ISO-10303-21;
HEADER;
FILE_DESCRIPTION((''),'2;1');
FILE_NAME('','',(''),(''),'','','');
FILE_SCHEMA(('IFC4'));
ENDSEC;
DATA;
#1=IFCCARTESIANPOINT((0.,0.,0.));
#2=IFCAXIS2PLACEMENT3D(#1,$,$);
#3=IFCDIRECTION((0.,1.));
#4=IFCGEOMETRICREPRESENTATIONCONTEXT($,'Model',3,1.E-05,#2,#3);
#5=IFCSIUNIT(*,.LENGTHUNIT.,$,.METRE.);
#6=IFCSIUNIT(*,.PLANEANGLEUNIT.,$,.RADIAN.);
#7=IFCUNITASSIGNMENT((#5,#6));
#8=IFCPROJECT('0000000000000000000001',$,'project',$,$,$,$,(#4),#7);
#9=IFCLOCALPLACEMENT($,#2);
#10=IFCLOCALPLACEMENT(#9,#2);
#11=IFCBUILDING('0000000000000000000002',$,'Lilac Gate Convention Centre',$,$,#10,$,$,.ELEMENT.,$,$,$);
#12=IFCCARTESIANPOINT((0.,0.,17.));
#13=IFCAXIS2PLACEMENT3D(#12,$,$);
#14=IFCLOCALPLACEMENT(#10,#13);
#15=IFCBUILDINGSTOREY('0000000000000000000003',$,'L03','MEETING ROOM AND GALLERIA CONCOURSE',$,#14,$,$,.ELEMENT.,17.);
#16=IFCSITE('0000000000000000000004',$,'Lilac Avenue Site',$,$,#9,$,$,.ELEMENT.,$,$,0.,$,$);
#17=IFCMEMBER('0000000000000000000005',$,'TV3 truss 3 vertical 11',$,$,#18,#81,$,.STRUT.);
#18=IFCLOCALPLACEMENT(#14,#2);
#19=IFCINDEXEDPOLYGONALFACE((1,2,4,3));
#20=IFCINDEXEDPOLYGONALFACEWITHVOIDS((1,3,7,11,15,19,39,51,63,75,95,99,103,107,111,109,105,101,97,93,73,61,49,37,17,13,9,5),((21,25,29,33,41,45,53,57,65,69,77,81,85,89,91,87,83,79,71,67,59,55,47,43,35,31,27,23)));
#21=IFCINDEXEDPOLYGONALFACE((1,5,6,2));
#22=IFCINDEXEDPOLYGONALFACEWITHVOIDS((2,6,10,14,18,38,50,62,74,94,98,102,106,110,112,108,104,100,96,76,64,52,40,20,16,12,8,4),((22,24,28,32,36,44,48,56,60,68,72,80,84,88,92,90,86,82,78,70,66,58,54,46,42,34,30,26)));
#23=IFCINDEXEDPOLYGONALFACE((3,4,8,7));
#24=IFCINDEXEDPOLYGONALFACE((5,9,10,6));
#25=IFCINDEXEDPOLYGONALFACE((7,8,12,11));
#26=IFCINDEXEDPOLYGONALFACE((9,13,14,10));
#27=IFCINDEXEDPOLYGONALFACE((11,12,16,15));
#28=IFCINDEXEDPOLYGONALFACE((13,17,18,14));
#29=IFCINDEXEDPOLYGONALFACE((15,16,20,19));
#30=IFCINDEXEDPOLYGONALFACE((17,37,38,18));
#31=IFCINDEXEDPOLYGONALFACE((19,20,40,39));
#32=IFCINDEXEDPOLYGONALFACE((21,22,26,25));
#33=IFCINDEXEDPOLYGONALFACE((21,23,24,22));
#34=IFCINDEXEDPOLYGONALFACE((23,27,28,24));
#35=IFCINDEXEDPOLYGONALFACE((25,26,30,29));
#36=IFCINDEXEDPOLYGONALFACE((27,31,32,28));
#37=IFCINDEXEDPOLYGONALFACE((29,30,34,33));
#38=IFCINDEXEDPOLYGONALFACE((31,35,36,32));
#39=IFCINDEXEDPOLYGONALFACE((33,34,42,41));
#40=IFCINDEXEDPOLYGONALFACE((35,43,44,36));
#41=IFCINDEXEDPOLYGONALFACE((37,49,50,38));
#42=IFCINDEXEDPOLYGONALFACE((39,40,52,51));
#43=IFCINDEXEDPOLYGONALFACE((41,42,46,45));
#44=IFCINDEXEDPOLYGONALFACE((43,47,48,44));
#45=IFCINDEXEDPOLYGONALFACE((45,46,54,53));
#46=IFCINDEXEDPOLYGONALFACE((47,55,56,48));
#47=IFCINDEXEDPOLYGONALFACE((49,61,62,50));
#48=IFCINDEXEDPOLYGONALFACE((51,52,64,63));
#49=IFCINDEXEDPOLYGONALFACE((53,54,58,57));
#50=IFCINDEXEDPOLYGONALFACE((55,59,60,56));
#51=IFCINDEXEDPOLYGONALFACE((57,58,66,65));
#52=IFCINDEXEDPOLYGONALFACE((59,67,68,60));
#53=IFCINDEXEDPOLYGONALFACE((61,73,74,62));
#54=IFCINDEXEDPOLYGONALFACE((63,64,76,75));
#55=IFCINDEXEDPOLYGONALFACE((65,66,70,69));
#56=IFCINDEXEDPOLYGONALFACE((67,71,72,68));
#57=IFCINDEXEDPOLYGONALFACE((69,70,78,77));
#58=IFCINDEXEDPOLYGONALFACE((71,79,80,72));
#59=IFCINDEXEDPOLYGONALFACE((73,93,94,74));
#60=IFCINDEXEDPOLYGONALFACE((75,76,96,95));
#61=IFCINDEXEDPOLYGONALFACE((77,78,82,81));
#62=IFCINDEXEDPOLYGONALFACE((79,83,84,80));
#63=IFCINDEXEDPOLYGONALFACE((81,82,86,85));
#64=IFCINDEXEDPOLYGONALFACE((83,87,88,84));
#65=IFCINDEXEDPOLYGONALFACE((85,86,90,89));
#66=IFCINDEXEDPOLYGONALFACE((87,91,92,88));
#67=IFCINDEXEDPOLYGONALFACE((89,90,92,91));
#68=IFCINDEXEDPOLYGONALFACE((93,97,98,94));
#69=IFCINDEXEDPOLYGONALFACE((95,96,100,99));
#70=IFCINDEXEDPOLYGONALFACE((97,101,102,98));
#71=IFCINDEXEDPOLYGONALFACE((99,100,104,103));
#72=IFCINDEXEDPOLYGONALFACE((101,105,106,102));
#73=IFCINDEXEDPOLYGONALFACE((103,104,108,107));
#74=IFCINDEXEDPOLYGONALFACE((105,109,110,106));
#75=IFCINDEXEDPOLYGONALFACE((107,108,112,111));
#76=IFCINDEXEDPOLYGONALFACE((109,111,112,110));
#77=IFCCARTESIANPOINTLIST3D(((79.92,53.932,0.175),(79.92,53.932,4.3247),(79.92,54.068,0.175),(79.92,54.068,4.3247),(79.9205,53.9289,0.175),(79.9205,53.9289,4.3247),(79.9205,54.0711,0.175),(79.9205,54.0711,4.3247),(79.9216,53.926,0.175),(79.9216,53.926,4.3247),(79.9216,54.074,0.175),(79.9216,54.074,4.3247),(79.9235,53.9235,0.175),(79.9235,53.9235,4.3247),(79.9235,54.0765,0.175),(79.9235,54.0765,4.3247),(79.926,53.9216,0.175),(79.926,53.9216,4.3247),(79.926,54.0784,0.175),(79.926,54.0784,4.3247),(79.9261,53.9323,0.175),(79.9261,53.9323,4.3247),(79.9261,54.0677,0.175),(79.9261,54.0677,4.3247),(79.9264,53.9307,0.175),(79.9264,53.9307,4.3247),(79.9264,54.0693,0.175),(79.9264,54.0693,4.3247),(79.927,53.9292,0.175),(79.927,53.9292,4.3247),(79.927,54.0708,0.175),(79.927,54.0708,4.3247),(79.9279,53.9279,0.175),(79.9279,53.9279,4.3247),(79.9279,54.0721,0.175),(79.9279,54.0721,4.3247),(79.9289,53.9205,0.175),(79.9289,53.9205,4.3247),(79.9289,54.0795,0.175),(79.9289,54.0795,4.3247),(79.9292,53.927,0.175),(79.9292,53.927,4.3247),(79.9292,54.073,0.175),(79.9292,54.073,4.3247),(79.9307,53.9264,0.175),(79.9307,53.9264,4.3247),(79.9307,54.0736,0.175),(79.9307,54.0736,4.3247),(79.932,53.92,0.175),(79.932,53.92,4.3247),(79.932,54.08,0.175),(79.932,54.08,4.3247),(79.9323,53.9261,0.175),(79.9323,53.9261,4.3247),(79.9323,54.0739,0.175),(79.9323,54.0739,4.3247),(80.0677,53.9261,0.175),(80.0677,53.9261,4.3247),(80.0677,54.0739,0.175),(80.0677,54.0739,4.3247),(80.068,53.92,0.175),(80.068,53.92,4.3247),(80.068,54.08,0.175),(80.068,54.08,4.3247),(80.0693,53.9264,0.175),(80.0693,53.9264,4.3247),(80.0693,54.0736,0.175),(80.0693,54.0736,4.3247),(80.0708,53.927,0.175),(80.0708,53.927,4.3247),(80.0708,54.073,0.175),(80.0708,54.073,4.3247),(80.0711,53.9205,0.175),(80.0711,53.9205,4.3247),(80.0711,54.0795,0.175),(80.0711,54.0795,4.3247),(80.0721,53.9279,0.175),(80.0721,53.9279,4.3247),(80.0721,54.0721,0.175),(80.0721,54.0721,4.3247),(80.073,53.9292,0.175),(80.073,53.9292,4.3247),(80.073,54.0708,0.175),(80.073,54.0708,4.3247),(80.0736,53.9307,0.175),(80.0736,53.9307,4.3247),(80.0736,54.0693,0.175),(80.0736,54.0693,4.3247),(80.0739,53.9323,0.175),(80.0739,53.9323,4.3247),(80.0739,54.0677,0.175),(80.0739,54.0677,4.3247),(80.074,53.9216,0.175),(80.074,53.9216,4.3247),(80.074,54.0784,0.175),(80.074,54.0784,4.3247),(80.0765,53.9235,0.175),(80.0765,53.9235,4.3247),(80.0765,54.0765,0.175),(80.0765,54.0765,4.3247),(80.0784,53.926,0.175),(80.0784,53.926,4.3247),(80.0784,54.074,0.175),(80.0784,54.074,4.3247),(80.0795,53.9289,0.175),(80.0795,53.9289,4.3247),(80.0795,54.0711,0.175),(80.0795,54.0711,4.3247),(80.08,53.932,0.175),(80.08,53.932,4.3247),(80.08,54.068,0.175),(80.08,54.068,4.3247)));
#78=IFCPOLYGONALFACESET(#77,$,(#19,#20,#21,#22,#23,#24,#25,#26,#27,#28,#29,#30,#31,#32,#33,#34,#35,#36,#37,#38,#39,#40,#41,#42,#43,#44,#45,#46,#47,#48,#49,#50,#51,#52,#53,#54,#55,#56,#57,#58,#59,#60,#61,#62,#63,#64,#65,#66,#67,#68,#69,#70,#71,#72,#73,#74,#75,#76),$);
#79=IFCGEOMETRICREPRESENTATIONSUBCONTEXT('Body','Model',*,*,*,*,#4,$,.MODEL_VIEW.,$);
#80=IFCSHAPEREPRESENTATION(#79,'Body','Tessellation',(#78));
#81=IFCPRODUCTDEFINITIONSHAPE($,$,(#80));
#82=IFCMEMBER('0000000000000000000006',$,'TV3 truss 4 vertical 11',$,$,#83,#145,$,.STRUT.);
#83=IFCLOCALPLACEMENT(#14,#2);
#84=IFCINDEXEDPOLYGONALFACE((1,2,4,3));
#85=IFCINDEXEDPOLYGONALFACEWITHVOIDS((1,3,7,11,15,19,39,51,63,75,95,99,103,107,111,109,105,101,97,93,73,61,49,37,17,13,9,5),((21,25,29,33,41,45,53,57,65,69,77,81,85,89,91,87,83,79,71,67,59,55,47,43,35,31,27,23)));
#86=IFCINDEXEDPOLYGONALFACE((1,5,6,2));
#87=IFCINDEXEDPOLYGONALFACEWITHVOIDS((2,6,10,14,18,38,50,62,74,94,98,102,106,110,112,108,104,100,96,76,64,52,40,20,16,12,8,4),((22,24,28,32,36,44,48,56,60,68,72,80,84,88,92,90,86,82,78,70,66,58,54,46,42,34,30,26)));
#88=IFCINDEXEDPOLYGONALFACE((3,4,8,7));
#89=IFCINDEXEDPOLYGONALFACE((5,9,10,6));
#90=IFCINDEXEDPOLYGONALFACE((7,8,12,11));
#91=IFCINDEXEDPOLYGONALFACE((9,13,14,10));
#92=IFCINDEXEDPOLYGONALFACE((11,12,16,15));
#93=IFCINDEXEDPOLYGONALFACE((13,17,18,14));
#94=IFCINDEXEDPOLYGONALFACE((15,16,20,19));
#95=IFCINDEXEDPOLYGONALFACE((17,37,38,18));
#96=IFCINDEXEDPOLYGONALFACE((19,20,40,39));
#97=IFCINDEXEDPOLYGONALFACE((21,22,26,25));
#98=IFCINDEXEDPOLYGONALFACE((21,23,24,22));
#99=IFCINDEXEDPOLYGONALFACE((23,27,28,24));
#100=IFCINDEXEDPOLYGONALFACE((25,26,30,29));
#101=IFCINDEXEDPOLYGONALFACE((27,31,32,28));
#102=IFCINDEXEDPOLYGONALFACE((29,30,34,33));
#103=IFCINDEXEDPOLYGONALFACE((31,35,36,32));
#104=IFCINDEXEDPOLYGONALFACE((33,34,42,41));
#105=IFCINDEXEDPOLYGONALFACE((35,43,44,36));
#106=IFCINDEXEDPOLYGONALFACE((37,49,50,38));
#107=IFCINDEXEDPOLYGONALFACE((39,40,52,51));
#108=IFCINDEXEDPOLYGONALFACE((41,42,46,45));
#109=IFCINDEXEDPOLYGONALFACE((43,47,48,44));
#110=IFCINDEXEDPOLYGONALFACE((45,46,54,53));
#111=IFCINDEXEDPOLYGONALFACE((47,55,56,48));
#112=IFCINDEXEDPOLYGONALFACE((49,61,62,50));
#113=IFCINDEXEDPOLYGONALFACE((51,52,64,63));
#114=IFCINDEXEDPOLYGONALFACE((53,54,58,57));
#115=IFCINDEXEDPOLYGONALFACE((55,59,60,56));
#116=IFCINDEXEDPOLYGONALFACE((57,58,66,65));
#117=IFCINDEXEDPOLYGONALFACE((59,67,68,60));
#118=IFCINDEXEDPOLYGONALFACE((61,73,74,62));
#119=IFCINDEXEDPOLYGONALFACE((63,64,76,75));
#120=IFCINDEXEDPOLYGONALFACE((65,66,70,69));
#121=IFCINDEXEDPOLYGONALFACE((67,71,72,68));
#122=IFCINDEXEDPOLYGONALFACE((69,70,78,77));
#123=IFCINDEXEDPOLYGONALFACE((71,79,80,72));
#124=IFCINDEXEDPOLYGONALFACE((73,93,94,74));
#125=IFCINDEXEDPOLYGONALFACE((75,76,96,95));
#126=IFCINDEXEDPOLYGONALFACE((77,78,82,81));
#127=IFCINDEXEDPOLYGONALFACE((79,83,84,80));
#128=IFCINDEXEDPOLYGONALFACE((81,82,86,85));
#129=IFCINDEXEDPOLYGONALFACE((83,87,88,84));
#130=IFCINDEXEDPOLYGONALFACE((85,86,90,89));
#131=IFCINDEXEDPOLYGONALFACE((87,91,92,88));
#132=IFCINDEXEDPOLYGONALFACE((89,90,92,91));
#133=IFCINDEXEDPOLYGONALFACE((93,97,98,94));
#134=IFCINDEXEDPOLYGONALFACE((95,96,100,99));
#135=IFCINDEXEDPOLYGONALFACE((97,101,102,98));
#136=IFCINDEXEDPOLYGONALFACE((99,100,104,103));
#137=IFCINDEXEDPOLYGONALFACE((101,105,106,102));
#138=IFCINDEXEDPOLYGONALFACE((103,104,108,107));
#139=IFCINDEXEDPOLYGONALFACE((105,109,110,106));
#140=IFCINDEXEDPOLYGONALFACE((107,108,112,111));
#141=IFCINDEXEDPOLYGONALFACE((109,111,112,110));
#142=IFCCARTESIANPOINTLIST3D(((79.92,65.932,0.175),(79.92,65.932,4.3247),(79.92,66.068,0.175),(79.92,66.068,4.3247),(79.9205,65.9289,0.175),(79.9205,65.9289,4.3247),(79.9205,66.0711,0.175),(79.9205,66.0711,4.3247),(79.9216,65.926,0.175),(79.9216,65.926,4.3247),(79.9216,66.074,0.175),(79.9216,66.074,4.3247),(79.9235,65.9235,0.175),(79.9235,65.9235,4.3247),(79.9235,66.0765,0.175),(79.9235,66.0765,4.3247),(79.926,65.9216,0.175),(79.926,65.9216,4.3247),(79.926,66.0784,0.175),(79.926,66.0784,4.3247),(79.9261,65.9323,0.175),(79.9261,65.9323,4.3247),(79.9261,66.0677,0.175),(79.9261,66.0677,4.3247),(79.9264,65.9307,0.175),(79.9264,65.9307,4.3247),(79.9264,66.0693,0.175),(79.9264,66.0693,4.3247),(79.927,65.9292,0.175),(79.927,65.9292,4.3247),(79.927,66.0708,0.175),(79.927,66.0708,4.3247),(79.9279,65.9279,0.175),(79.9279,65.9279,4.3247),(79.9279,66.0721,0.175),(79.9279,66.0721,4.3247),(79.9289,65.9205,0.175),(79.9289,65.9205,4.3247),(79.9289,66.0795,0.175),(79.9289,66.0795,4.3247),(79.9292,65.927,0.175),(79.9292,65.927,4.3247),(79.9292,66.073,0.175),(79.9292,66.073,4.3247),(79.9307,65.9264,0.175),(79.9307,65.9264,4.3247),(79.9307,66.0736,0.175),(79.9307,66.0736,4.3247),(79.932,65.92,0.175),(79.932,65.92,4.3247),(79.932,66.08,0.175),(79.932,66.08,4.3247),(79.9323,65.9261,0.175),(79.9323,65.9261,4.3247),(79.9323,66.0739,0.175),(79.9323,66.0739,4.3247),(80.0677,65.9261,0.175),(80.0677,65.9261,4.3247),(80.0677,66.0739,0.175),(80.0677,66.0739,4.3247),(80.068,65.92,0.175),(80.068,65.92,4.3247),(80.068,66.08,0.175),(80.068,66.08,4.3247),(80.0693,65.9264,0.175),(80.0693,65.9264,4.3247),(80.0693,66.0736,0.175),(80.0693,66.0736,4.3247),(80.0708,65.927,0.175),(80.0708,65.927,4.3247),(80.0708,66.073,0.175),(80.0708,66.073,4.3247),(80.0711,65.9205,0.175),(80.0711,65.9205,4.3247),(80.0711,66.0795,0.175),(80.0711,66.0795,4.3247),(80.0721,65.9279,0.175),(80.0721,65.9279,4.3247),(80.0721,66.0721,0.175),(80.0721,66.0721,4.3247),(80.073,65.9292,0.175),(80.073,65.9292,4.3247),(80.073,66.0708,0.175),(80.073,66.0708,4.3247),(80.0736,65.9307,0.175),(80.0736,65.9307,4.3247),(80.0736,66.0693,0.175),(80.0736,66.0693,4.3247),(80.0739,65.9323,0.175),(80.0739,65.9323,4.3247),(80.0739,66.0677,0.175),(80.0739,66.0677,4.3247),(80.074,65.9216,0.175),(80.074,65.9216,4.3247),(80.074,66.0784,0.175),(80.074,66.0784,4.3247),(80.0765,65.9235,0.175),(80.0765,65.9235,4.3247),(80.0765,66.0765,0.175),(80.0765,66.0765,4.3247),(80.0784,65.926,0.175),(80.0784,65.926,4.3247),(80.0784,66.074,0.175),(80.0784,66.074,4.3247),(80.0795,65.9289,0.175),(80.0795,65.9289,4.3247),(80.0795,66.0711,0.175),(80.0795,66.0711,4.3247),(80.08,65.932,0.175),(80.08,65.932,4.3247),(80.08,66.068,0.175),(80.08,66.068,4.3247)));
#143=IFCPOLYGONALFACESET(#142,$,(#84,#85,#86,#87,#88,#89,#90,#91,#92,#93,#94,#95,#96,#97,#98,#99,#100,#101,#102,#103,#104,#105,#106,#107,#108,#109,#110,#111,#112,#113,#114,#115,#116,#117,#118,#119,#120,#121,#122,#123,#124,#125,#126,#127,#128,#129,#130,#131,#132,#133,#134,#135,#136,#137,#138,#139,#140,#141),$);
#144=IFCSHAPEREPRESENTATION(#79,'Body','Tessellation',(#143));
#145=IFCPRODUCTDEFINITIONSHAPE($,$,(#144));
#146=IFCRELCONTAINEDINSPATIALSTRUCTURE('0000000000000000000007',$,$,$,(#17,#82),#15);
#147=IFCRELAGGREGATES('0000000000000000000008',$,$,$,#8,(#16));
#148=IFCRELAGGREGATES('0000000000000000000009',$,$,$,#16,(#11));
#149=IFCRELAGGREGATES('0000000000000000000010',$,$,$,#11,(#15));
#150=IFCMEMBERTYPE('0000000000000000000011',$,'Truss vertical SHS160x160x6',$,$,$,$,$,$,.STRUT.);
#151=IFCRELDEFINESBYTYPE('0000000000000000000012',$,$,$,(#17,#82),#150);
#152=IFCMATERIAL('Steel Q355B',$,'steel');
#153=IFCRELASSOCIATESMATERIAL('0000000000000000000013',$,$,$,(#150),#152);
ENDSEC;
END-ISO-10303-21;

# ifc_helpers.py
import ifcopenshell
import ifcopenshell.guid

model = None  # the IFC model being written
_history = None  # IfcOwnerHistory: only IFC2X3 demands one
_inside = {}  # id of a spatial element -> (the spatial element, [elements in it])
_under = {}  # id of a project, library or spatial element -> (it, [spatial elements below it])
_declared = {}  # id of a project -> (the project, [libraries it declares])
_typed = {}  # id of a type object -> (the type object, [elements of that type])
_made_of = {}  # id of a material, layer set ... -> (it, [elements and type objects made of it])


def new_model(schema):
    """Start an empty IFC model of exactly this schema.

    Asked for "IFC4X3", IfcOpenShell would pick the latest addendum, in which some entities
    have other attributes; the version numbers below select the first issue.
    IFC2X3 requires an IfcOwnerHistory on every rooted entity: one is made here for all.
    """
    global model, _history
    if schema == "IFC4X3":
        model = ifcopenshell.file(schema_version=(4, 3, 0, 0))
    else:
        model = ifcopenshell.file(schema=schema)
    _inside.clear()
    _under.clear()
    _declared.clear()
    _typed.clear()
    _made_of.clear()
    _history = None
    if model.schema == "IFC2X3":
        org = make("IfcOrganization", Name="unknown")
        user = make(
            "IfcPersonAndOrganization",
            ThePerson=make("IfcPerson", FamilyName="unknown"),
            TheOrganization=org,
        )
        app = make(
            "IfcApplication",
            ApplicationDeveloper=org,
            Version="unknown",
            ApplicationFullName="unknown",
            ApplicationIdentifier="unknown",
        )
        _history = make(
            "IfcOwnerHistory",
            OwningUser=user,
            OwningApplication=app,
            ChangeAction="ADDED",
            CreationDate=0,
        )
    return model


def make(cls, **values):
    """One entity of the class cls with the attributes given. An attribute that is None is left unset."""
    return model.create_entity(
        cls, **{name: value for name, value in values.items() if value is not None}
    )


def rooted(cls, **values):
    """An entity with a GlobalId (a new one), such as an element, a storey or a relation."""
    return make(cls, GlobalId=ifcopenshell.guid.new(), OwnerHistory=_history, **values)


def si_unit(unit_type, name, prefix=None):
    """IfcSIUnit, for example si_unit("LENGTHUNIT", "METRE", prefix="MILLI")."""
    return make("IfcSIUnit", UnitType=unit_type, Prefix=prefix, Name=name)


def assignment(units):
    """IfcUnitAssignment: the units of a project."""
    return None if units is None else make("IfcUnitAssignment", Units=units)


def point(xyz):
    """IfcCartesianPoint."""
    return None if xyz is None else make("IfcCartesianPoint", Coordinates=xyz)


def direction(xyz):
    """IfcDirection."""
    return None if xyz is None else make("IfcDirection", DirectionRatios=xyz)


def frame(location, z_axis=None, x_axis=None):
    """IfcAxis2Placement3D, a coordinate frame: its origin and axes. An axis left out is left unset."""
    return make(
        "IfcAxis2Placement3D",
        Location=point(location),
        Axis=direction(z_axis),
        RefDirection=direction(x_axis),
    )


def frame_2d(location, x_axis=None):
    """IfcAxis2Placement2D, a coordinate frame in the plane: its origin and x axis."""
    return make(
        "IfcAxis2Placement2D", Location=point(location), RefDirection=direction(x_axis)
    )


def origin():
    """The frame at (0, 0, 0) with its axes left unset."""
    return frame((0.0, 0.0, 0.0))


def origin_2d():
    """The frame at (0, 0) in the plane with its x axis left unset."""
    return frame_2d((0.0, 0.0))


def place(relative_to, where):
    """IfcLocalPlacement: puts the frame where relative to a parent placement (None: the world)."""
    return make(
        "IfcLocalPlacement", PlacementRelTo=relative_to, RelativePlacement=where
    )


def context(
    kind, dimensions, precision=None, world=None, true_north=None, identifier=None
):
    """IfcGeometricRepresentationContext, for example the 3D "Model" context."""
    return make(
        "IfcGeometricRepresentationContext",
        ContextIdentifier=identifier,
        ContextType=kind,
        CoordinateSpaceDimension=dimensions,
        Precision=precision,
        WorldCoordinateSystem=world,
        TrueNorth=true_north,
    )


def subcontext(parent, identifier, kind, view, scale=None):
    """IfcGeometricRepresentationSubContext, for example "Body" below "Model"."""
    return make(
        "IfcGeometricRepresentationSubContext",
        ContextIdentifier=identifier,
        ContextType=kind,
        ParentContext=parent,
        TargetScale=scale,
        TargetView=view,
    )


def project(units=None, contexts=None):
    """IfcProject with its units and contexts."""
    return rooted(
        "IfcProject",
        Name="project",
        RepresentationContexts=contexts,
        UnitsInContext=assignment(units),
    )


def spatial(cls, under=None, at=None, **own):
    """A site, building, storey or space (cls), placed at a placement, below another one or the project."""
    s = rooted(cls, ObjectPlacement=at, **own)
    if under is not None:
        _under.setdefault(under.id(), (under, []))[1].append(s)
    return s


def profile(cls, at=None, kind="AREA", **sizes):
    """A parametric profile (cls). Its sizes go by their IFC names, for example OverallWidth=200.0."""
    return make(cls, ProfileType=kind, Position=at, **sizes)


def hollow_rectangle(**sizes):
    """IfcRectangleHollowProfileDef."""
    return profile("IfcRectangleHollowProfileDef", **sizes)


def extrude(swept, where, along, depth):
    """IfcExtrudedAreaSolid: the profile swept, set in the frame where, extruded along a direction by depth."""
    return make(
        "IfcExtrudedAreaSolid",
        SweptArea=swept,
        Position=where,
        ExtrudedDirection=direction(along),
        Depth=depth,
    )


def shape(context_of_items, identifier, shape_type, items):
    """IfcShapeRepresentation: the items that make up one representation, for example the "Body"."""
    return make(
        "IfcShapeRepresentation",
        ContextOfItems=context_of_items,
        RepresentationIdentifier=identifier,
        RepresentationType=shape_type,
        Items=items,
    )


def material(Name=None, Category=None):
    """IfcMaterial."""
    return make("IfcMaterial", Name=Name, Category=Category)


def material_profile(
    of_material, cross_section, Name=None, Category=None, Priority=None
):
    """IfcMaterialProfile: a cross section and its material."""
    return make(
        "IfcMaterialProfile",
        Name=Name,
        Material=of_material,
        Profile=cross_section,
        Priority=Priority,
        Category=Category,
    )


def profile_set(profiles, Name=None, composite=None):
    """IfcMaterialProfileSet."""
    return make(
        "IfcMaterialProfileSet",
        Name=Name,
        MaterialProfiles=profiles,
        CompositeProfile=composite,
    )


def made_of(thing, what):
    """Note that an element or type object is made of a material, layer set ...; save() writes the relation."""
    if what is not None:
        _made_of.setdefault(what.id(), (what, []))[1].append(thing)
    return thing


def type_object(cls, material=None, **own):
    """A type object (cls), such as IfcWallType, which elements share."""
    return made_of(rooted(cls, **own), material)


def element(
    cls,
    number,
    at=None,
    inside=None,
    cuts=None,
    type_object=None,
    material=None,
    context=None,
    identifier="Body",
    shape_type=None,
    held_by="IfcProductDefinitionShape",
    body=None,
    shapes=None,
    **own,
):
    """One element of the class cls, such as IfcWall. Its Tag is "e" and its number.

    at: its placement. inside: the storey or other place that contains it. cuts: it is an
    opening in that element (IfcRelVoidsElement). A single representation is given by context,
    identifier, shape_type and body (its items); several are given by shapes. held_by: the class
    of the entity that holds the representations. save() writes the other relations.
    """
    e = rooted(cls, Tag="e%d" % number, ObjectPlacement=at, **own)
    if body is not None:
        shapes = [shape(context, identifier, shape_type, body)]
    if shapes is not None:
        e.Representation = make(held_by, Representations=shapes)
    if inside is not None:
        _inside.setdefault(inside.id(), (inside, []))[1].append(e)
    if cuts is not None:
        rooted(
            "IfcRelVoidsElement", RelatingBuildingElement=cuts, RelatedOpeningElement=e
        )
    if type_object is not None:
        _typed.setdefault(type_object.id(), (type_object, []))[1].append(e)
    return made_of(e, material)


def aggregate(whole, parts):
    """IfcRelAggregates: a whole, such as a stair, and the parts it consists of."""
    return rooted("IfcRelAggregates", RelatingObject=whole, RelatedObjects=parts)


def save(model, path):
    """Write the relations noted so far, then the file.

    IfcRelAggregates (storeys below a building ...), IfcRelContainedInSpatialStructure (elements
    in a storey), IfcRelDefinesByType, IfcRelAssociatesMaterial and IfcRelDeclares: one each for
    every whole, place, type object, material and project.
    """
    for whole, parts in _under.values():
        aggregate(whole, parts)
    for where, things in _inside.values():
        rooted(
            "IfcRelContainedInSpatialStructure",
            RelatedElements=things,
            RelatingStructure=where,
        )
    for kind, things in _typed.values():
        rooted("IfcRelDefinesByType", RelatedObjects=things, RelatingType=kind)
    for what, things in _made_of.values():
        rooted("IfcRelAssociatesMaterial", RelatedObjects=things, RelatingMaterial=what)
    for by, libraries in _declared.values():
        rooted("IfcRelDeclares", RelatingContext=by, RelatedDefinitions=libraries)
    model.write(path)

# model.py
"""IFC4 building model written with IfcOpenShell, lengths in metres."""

from ifc_helpers import new_model, si_unit, direction, frame, origin, origin_2d, place, context, subcontext, project, spatial, hollow_rectangle, extrude, material, material_profile, profile_set, type_object, element, save


model = new_model("IFC4")

# Units and contexts
model_context = context("Model", 3, precision=1e-05, world=origin(), true_north=direction((0.0, 1.0)))
body_context = subcontext(model_context, "Body", "Model", "MODEL_VIEW")
ifc_project = project(units=[si_unit("LENGTHUNIT", "METRE"), si_unit("PLANEANGLEUNIT", "RADIAN")], contexts=[model_context])

# Site, building, storey
site_placement = place(None, origin())
site = spatial("IfcSite", under=ifc_project, at=site_placement, Name="Lilac Avenue Site", CompositionType="ELEMENT", RefElevation=0.0)
building_placement = place(site_placement, origin())
building = spatial("IfcBuilding", under=site, at=building_placement, Name="Lilac Gate Convention Centre", CompositionType="ELEMENT")
storey_placement = place(building_placement, frame((0.0, 0.0, 17.0)))
storey = spatial("IfcBuildingStorey", under=building, at=storey_placement, Name="L03", Description="MEETING ROOM AND GALLERIA CONCOURSE", CompositionType="ELEMENT", Elevation=17.0)

# Members
ifc_material = material(Name="Steel Q355B", Category="steel")
ifc_material_profile_1 = material_profile(ifc_material, hollow_rectangle(XDim=0.1599, YDim=0.1599, WallThickness=0.0061, InnerFilletRadius=0.0061, OuterFilletRadius=0.012, at=origin_2d()), Name="SHS160x160x6")
ifc_profile_set_1 = profile_set([ifc_material_profile_1], Name="Steel Q355B")
member_type_1 = type_object("IfcMemberType", Name="Truss vertical SHS160x160x6", PredefinedType="STRUT", material=ifc_profile_set_1)
for number, where, z_axis, x_axis, name in (
    (1, (80.0, 54.0, 0.175), (0.0, 0.0, 1.0), (1.0, 0.0, 0.0), "TV3 truss 3 vertical 11"),
    (2, (80.0, 66.0, 0.175), (0.0, 0.0, 1.0), (1.0, 0.0, 0.0), "TV3 truss 4 vertical 11"),
):
    element("IfcMember", number, at=place(storey_placement, frame(where, z_axis=z_axis, x_axis=x_axis)), inside=storey, type_object=member_type_1, Name=name, PredefinedType="STRUT", context=body_context, shape_type="SweptSolid", body=[
        extrude(hollow_rectangle(XDim=0.1599, YDim=0.1599, WallThickness=0.0061, InnerFilletRadius=0.0061, OuterFilletRadius=0.012, at=origin_2d()), origin(), (0.0, 0.0, 1.0), 4.1497),
    ])

save(model, "model.ifc")
